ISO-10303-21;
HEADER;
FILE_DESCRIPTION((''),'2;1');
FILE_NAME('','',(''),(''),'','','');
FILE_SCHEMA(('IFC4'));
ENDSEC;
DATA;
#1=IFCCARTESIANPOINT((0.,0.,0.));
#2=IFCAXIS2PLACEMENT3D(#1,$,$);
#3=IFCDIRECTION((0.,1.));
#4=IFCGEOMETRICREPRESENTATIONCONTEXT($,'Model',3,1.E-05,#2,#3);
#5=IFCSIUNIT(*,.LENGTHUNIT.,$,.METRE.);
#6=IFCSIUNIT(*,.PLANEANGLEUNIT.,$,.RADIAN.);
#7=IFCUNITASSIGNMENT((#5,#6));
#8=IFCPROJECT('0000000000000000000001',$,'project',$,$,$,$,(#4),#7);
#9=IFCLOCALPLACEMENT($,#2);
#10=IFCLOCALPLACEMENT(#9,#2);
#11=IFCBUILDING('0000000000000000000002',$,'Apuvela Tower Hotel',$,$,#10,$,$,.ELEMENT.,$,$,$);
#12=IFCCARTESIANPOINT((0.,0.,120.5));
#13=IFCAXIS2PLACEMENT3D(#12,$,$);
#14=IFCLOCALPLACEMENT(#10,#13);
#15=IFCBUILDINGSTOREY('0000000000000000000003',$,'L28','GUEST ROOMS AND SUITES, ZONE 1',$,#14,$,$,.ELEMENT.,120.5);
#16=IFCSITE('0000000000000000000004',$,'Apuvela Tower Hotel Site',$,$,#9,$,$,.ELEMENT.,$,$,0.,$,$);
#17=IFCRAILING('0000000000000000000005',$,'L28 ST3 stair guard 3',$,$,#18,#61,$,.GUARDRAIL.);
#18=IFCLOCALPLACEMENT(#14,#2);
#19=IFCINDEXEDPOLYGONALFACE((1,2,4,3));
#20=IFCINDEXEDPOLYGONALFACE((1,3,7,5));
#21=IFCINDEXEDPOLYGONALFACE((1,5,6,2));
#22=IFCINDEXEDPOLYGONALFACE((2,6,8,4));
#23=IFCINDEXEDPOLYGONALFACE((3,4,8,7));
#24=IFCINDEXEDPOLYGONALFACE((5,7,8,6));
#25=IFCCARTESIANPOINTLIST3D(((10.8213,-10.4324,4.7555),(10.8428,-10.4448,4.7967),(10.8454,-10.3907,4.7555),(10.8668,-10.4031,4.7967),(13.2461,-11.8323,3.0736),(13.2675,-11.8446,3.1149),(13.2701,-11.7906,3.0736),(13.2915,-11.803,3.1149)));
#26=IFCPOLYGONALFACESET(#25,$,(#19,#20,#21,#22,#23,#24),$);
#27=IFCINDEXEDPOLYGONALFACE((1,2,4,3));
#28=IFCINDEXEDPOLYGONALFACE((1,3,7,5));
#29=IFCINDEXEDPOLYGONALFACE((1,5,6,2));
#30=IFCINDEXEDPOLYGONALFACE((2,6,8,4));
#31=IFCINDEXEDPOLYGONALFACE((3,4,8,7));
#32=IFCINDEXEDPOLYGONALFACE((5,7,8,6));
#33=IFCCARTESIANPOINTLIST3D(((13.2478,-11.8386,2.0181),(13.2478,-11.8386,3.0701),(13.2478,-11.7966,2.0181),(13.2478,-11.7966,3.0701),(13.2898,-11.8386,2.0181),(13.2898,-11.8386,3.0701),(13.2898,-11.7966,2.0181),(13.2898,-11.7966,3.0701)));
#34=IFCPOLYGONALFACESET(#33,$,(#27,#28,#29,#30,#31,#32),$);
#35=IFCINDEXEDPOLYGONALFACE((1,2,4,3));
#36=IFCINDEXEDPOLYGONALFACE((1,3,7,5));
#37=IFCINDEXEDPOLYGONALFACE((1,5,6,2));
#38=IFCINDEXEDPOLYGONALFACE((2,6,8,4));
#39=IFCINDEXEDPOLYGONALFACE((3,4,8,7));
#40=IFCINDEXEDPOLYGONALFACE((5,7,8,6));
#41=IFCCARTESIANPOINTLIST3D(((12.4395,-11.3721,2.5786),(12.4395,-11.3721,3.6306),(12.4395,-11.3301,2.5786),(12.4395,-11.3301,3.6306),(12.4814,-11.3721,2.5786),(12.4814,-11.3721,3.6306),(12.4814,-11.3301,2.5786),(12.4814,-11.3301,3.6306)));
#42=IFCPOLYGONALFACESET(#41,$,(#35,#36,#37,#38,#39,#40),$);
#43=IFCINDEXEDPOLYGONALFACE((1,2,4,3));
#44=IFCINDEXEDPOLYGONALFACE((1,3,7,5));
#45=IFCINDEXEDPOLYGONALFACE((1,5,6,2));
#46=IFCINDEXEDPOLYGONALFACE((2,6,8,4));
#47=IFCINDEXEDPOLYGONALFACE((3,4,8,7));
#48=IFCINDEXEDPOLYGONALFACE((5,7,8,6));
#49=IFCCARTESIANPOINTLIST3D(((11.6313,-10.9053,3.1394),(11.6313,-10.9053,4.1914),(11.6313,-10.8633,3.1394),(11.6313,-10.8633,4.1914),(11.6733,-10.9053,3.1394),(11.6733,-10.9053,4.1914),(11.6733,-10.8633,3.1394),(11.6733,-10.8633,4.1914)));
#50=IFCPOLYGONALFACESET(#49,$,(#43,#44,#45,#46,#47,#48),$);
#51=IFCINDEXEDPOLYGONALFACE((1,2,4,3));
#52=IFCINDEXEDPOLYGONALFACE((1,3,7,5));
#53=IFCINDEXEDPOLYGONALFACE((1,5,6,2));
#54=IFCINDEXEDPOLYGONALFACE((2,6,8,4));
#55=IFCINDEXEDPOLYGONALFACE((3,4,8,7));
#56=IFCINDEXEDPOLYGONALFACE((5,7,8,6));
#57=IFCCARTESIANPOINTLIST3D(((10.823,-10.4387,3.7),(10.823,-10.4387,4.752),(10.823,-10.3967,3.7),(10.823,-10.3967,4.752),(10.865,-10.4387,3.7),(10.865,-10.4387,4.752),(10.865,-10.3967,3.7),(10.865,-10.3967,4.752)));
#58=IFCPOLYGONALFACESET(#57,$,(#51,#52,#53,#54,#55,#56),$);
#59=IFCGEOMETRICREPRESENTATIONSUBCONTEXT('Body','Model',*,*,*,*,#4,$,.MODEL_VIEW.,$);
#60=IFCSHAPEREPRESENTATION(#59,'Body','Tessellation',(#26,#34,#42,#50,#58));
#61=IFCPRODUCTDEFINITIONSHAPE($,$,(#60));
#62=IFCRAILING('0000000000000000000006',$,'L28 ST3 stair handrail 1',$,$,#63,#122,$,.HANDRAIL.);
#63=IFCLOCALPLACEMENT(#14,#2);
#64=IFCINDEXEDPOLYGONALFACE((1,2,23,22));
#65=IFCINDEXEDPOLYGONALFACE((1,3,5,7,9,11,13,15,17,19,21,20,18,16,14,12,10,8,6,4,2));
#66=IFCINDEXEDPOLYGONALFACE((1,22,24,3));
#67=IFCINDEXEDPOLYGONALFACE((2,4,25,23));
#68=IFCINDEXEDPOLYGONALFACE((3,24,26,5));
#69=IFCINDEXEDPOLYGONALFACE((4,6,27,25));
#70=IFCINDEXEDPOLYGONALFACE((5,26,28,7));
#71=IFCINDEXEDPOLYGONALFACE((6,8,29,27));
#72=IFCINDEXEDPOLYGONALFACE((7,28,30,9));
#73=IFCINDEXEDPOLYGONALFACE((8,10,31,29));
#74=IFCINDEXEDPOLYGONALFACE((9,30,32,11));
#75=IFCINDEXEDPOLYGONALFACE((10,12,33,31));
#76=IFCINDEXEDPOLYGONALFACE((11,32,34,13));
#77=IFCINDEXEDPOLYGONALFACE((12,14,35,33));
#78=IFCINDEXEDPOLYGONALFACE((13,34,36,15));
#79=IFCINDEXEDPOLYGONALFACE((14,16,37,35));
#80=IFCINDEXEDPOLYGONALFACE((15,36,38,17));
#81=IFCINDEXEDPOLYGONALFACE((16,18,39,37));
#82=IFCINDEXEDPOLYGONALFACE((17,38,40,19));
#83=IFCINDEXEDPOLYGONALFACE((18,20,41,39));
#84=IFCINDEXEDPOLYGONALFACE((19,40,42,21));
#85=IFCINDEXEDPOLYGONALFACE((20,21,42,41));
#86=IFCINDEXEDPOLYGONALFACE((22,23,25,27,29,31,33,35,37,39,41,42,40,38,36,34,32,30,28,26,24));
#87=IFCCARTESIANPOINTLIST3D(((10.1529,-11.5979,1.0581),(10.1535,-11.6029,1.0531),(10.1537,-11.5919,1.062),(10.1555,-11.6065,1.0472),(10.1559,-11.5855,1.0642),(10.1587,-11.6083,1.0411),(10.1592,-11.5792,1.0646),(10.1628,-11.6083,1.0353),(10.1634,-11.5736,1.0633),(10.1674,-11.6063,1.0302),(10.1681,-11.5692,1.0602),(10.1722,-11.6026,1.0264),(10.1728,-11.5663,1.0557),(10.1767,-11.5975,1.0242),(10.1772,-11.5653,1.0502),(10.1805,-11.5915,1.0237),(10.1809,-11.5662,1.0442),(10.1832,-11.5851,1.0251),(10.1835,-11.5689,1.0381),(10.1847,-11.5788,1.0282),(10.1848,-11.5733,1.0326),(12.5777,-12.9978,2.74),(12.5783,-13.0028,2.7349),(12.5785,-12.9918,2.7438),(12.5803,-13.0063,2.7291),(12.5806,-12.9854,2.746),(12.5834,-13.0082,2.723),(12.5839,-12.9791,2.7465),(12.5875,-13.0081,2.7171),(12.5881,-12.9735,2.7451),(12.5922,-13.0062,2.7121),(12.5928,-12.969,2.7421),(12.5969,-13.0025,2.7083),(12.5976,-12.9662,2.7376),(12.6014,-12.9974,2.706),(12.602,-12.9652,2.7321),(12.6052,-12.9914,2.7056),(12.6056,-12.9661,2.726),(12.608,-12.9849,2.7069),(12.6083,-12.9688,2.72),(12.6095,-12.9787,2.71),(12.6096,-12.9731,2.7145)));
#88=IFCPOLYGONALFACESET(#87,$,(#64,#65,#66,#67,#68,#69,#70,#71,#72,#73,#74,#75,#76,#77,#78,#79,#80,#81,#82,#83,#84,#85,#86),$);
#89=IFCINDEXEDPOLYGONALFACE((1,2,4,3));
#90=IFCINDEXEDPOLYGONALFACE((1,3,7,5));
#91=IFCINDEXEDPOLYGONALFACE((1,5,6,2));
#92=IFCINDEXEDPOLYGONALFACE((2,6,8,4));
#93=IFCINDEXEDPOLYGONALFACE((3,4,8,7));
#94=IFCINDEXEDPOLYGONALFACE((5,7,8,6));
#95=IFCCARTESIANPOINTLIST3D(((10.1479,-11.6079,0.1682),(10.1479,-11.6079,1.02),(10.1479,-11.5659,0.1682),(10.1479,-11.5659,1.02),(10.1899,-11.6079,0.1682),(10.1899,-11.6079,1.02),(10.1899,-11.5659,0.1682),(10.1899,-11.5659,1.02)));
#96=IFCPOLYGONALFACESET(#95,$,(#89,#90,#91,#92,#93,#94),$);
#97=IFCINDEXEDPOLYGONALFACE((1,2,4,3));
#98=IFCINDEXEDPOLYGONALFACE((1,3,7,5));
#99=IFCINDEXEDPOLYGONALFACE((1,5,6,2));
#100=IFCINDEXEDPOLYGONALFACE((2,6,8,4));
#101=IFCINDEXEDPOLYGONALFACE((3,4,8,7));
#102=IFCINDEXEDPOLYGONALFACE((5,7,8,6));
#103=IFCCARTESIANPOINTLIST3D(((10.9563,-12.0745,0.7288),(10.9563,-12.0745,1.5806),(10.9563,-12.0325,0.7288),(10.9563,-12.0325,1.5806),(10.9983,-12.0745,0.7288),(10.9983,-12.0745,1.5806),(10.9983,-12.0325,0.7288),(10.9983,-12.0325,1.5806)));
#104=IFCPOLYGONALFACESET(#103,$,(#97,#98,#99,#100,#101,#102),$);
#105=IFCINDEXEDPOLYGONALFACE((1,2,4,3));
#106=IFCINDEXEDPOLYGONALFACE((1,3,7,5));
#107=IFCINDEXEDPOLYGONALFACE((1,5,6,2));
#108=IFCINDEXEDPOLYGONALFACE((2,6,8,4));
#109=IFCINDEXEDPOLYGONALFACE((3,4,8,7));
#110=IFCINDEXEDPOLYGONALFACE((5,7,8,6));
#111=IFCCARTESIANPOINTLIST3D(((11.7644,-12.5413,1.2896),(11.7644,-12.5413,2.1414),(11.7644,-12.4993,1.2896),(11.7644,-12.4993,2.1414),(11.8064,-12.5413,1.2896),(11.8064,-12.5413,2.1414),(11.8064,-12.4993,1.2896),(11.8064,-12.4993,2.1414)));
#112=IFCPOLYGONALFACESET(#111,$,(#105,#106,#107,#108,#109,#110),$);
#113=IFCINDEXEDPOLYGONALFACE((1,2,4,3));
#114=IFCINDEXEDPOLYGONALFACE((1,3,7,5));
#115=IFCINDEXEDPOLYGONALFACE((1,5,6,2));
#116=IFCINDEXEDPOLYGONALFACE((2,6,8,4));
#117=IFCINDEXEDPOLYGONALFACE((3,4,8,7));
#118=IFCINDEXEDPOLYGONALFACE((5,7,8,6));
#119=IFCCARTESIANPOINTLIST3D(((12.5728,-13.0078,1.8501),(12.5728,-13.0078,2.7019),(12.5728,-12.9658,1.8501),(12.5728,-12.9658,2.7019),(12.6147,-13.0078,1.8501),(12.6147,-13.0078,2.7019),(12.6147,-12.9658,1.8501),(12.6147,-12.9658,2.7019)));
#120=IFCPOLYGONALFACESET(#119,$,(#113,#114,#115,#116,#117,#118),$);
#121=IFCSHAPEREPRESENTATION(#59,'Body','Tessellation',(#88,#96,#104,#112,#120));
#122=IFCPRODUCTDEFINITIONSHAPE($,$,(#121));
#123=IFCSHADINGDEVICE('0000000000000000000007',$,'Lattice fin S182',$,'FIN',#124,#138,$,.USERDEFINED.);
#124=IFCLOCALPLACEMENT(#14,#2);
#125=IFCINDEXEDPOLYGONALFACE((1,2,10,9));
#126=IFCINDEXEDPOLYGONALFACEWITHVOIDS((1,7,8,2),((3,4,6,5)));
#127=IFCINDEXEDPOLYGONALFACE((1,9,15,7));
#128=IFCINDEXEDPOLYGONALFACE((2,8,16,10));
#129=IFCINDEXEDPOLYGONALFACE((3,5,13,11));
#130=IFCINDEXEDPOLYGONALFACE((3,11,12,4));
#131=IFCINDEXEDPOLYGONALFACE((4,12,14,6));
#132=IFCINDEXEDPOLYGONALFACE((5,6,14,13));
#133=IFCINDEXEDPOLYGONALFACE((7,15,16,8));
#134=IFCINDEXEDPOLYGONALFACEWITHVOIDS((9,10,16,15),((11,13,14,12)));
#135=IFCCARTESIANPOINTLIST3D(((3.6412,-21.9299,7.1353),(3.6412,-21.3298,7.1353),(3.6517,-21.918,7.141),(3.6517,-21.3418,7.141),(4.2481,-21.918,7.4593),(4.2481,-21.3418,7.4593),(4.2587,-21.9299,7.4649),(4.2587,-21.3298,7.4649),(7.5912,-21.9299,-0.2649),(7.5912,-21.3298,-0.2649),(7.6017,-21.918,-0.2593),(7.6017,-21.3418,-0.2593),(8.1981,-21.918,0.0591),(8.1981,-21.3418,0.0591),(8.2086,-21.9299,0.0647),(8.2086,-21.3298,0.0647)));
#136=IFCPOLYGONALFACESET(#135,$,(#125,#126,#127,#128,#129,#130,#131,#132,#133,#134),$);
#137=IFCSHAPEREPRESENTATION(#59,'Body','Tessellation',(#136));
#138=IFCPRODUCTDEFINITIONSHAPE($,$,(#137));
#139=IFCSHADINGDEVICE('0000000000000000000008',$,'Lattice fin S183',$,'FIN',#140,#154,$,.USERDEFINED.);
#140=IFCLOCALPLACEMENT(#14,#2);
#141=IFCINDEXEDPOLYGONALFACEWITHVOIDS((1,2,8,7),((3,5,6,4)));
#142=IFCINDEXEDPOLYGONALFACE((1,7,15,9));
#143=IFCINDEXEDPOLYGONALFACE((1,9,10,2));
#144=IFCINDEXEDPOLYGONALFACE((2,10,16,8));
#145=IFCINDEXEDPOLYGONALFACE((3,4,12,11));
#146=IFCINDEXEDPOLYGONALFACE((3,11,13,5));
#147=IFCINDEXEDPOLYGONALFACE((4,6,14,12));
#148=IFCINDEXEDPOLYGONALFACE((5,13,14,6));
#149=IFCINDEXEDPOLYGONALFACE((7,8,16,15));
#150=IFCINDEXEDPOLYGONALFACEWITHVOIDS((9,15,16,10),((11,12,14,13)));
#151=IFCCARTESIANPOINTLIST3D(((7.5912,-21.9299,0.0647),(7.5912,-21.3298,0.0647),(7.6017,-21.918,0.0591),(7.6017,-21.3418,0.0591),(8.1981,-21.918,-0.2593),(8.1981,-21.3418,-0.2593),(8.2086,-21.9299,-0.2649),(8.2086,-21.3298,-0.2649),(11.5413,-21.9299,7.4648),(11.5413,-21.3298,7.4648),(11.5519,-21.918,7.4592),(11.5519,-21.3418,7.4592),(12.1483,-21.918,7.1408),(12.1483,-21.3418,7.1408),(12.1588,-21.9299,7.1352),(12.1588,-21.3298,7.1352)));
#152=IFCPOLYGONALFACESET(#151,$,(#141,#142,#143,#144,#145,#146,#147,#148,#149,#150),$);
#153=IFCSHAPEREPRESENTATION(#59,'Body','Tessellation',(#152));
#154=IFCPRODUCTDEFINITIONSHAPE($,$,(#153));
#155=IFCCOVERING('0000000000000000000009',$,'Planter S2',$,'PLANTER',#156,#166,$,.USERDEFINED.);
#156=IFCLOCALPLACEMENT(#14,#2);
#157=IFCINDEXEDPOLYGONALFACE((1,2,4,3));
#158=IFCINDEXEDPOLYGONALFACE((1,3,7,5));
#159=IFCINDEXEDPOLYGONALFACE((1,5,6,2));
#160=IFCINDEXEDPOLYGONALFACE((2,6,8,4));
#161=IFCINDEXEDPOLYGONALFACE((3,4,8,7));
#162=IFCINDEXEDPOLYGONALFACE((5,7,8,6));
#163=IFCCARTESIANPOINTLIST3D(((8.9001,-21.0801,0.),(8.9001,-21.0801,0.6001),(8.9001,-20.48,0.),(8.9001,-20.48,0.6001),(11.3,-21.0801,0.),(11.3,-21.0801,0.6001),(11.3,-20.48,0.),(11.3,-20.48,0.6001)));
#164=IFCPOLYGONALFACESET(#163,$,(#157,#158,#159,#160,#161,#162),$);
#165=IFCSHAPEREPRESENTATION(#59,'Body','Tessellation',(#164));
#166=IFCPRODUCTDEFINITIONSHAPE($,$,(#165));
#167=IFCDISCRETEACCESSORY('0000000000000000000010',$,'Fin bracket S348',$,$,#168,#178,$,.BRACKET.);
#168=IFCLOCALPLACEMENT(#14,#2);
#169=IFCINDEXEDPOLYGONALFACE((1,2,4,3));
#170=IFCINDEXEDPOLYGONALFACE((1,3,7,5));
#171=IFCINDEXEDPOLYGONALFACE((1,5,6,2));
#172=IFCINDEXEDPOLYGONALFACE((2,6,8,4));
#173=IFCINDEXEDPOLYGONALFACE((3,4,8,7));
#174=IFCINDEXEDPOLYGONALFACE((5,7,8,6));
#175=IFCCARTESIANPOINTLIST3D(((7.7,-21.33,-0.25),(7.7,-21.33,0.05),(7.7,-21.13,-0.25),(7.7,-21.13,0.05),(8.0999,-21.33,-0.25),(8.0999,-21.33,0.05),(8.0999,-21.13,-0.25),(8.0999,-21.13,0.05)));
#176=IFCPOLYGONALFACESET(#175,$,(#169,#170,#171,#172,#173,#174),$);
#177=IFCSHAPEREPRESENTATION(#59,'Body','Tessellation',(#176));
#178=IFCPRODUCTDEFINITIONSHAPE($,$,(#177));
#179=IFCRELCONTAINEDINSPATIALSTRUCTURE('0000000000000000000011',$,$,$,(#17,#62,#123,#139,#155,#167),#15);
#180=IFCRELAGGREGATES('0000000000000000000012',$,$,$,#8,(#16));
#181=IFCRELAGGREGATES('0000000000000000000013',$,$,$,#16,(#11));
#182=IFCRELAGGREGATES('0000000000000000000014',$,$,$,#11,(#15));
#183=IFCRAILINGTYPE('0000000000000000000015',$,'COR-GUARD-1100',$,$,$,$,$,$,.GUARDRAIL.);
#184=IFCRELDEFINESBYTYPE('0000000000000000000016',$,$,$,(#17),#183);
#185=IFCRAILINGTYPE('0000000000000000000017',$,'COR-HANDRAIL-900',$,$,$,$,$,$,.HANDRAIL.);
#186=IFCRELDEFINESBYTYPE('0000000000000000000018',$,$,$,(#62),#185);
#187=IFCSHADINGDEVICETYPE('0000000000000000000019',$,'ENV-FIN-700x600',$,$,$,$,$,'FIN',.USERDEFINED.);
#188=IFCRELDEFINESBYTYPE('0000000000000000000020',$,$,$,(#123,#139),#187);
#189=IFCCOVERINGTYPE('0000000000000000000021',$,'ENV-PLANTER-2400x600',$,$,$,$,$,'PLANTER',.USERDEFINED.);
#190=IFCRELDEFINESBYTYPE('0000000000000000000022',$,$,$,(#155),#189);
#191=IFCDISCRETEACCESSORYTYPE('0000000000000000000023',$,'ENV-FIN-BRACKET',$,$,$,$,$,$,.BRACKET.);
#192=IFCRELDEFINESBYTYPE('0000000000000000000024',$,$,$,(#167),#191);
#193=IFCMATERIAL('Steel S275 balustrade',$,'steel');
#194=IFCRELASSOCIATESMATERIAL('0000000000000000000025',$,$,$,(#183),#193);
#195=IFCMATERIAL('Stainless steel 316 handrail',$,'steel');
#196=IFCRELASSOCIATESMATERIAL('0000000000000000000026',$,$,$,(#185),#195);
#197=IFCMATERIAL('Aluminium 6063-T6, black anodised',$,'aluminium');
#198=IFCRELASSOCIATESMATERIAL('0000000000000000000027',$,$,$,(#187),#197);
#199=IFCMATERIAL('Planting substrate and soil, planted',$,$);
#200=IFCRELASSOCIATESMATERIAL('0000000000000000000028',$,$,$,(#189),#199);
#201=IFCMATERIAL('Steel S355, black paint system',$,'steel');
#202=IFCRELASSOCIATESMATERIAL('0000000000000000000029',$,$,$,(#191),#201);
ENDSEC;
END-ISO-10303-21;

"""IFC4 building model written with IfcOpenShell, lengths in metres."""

from ifc_helpers import new_model, si_unit, direction, frame, origin, origin_2d, place, context, subcontext, project, spatial, rectangle, hollow_rectangle, circle, extrude, material, material_profile, profile_set, type_object, element, save


model = new_model("IFC4")

# Units and contexts
model_context = context("Model", 3, precision=1e-05, world=origin(), true_north=direction((0.0, 1.0)))
body_context = subcontext(model_context, "Body", "Model", "MODEL_VIEW")
ifc_project = project(units=[si_unit("LENGTHUNIT", "METRE"), si_unit("PLANEANGLEUNIT", "RADIAN")], contexts=[model_context])

# Site, building, storey
site_placement = place(None, origin())
site = spatial("IfcSite", under=ifc_project, at=site_placement, Name="Apuvela Tower Hotel Site", CompositionType="ELEMENT", RefElevation=0.0)
building_placement = place(site_placement, origin())
building = spatial("IfcBuilding", under=site, at=building_placement, Name="Apuvela Tower Hotel", CompositionType="ELEMENT")
storey_placement = place(building_placement, frame((0.0, 0.0, 120.5)))
storey = spatial("IfcBuildingStorey", under=building, at=storey_placement, Name="L28", Description="GUEST ROOMS AND SUITES, ZONE 1", CompositionType="ELEMENT", Elevation=120.5)

# Railings
ifc_material_1 = material(Name="Steel S275 balustrade", Category="steel")
railing_type_1 = type_object("IfcRailingType", Name="COR-GUARD-1100", PredefinedType="GUARDRAIL", material=ifc_material_1)
railing_1_placement = place(storey_placement, frame((13.2688, -11.8176, 2.0181)))
element("IfcRailing", 1, at=railing_1_placement, inside=storey, type_object=railing_type_1, Name="L28 ST3 stair guard 3", PredefinedType="GUARDRAIL", context=body_context, shape_type="SweptSolid", body=[
    extrude(rectangle(XDim=0.0481, YDim=0.0481, at=origin_2d()), frame((0.0, 0.0, 1.0762), z_axis=(-0.74239, 0.428601, 0.514934), x_axis=(-0.499984, -0.866035, 0.0)), (0.0, 0.0, 1.0), 3.2661),
    extrude(rectangle(XDim=0.042, YDim=0.042, at=origin_2d()), origin(), (0.0, 0.0, 1.0), 1.052),
    extrude(rectangle(XDim=0.042, YDim=0.042, at=origin_2d()), frame((-0.8083, 0.4666, 0.5605)), (0.0, 0.0, 1.0), 1.052),
    extrude(rectangle(XDim=0.042, YDim=0.042, at=origin_2d()), frame((-1.6165, 0.9333, 1.1213)), (0.0, 0.0, 1.0), 1.052),
    extrude(rectangle(XDim=0.042, YDim=0.042, at=origin_2d()), frame((-2.4248, 1.3999, 1.6819)), (0.0, 0.0, 1.0), 1.052),
])
ifc_material_2 = material(Name="Stainless steel 316 handrail", Category="steel")
railing_type_2 = type_object("IfcRailingType", Name="COR-HANDRAIL-900", PredefinedType="HANDRAIL", material=ifc_material_2)
railing_2_placement = place(storey_placement, frame((10.1689, -11.5869, 0.1682)))
element("IfcRailing", 2, at=railing_2_placement, inside=storey, type_object=railing_type_2, Name="L28 ST3 stair handrail 1", PredefinedType="HANDRAIL", context=body_context, shape_type="SweptSolid", body=[
    extrude(circle(Radius=0.0239, at=origin_2d()), frame((0.0, 0.0, 0.876), z_axis=(0.74239, -0.428601, 0.514934), x_axis=(0.499984, 0.866035, 0.0)), (0.0, 0.0, 1.0), 3.2661),
    extrude(rectangle(XDim=0.042, YDim=0.042, at=origin_2d()), origin(), (0.0, 0.0, 1.0), 0.8518),
    extrude(rectangle(XDim=0.042, YDim=0.042, at=origin_2d()), frame((0.8083, -0.4666, 0.5605)), (0.0, 0.0, 1.0), 0.8518),
    extrude(rectangle(XDim=0.042, YDim=0.042, at=origin_2d()), frame((1.6165, -0.9333, 1.1213)), (0.0, 0.0, 1.0), 0.8518),
    extrude(rectangle(XDim=0.042, YDim=0.042, at=origin_2d()), frame((2.4248, -1.3999, 1.6819)), (0.0, 0.0, 1.0), 0.8518),
])

# Shading devices
ifc_material_3 = material(Name="Aluminium 6063-T6, black anodised", Category="aluminium")
ifc_material_profile_1 = material_profile(ifc_material_3, hollow_rectangle(XDim=0.6001, YDim=0.7, WallThickness=0.012, at=origin_2d()), Name="AL BOX 700x600x12")
ifc_profile_set_1 = profile_set([ifc_material_profile_1], Name="Aluminium 6063-T6, black anodised")
shading_device_type = type_object("IfcShadingDeviceType", Name="ENV-FIN-700x600", ElementType="FIN", PredefinedType="USERDEFINED", material=ifc_profile_set_1)
for number, where, z_axis, x_axis, name in (
    (3, (7.8999, -21.6299, -0.1001), (-0.470886, 0.0, 0.882194), (0.0, -1.0, 0.0), "Lattice fin S182"),
    (4, (7.8999, -21.6299, -0.1001), (0.470908, 0.0, 0.882182), (0.0, 1.0, 0.0), "Lattice fin S183"),
):
    element("IfcShadingDevice", number, at=place(storey_placement, frame(where, z_axis=z_axis, x_axis=x_axis)), inside=storey, type_object=shading_device_type, Name=name, ObjectType="FIN", PredefinedType="USERDEFINED", context=body_context, shape_type="SweptSolid", body=[
        extrude(hollow_rectangle(XDim=0.6001, YDim=0.7, WallThickness=0.012, at=origin_2d()), origin(), (0.0, 0.0, 1.0), 8.3884),
    ])

# Covering
ifc_material_4 = material(Name="Planting substrate and soil, planted")
covering_type = type_object("IfcCoveringType", Name="ENV-PLANTER-2400x600", ElementType="PLANTER", PredefinedType="USERDEFINED", material=ifc_material_4)
covering_placement = place(storey_placement, frame((10.1001, -20.78, 0.0), z_axis=(0.0, 0.0, 1.0), x_axis=(1.0, 0.0, 0.0)))
element("IfcCovering", 5, at=covering_placement, inside=storey, type_object=covering_type, Name="Planter S2", ObjectType="PLANTER", PredefinedType="USERDEFINED", context=body_context, shape_type="SweptSolid", body=[
    extrude(rectangle(XDim=2.3999, YDim=0.6001, at=origin_2d()), origin(), (0.0, 0.0, 1.0), 0.6001),
])

# Discrete accessory
ifc_material_5 = material(Name="Steel S355, black paint system", Category="steel")
discrete_accessory_type = type_object("IfcDiscreteAccessoryType", Name="ENV-FIN-BRACKET", PredefinedType="BRACKET", material=ifc_material_5)
discrete_accessory_placement = place(storey_placement, frame((7.8999, -21.23, -0.25), z_axis=(0.0, 0.0, 1.0), x_axis=(1.0, 0.0, 0.0)))
element("IfcDiscreteAccessory", 6, at=discrete_accessory_placement, inside=storey, type_object=discrete_accessory_type, Name="Fin bracket S348", PredefinedType="BRACKET", context=body_context, shape_type="SweptSolid", body=[
    extrude(rectangle(XDim=0.3999, YDim=0.2, at=origin_2d()), origin(), (0.0, 0.0, 1.0), 0.3),
])

save(model, "model.ifc")
